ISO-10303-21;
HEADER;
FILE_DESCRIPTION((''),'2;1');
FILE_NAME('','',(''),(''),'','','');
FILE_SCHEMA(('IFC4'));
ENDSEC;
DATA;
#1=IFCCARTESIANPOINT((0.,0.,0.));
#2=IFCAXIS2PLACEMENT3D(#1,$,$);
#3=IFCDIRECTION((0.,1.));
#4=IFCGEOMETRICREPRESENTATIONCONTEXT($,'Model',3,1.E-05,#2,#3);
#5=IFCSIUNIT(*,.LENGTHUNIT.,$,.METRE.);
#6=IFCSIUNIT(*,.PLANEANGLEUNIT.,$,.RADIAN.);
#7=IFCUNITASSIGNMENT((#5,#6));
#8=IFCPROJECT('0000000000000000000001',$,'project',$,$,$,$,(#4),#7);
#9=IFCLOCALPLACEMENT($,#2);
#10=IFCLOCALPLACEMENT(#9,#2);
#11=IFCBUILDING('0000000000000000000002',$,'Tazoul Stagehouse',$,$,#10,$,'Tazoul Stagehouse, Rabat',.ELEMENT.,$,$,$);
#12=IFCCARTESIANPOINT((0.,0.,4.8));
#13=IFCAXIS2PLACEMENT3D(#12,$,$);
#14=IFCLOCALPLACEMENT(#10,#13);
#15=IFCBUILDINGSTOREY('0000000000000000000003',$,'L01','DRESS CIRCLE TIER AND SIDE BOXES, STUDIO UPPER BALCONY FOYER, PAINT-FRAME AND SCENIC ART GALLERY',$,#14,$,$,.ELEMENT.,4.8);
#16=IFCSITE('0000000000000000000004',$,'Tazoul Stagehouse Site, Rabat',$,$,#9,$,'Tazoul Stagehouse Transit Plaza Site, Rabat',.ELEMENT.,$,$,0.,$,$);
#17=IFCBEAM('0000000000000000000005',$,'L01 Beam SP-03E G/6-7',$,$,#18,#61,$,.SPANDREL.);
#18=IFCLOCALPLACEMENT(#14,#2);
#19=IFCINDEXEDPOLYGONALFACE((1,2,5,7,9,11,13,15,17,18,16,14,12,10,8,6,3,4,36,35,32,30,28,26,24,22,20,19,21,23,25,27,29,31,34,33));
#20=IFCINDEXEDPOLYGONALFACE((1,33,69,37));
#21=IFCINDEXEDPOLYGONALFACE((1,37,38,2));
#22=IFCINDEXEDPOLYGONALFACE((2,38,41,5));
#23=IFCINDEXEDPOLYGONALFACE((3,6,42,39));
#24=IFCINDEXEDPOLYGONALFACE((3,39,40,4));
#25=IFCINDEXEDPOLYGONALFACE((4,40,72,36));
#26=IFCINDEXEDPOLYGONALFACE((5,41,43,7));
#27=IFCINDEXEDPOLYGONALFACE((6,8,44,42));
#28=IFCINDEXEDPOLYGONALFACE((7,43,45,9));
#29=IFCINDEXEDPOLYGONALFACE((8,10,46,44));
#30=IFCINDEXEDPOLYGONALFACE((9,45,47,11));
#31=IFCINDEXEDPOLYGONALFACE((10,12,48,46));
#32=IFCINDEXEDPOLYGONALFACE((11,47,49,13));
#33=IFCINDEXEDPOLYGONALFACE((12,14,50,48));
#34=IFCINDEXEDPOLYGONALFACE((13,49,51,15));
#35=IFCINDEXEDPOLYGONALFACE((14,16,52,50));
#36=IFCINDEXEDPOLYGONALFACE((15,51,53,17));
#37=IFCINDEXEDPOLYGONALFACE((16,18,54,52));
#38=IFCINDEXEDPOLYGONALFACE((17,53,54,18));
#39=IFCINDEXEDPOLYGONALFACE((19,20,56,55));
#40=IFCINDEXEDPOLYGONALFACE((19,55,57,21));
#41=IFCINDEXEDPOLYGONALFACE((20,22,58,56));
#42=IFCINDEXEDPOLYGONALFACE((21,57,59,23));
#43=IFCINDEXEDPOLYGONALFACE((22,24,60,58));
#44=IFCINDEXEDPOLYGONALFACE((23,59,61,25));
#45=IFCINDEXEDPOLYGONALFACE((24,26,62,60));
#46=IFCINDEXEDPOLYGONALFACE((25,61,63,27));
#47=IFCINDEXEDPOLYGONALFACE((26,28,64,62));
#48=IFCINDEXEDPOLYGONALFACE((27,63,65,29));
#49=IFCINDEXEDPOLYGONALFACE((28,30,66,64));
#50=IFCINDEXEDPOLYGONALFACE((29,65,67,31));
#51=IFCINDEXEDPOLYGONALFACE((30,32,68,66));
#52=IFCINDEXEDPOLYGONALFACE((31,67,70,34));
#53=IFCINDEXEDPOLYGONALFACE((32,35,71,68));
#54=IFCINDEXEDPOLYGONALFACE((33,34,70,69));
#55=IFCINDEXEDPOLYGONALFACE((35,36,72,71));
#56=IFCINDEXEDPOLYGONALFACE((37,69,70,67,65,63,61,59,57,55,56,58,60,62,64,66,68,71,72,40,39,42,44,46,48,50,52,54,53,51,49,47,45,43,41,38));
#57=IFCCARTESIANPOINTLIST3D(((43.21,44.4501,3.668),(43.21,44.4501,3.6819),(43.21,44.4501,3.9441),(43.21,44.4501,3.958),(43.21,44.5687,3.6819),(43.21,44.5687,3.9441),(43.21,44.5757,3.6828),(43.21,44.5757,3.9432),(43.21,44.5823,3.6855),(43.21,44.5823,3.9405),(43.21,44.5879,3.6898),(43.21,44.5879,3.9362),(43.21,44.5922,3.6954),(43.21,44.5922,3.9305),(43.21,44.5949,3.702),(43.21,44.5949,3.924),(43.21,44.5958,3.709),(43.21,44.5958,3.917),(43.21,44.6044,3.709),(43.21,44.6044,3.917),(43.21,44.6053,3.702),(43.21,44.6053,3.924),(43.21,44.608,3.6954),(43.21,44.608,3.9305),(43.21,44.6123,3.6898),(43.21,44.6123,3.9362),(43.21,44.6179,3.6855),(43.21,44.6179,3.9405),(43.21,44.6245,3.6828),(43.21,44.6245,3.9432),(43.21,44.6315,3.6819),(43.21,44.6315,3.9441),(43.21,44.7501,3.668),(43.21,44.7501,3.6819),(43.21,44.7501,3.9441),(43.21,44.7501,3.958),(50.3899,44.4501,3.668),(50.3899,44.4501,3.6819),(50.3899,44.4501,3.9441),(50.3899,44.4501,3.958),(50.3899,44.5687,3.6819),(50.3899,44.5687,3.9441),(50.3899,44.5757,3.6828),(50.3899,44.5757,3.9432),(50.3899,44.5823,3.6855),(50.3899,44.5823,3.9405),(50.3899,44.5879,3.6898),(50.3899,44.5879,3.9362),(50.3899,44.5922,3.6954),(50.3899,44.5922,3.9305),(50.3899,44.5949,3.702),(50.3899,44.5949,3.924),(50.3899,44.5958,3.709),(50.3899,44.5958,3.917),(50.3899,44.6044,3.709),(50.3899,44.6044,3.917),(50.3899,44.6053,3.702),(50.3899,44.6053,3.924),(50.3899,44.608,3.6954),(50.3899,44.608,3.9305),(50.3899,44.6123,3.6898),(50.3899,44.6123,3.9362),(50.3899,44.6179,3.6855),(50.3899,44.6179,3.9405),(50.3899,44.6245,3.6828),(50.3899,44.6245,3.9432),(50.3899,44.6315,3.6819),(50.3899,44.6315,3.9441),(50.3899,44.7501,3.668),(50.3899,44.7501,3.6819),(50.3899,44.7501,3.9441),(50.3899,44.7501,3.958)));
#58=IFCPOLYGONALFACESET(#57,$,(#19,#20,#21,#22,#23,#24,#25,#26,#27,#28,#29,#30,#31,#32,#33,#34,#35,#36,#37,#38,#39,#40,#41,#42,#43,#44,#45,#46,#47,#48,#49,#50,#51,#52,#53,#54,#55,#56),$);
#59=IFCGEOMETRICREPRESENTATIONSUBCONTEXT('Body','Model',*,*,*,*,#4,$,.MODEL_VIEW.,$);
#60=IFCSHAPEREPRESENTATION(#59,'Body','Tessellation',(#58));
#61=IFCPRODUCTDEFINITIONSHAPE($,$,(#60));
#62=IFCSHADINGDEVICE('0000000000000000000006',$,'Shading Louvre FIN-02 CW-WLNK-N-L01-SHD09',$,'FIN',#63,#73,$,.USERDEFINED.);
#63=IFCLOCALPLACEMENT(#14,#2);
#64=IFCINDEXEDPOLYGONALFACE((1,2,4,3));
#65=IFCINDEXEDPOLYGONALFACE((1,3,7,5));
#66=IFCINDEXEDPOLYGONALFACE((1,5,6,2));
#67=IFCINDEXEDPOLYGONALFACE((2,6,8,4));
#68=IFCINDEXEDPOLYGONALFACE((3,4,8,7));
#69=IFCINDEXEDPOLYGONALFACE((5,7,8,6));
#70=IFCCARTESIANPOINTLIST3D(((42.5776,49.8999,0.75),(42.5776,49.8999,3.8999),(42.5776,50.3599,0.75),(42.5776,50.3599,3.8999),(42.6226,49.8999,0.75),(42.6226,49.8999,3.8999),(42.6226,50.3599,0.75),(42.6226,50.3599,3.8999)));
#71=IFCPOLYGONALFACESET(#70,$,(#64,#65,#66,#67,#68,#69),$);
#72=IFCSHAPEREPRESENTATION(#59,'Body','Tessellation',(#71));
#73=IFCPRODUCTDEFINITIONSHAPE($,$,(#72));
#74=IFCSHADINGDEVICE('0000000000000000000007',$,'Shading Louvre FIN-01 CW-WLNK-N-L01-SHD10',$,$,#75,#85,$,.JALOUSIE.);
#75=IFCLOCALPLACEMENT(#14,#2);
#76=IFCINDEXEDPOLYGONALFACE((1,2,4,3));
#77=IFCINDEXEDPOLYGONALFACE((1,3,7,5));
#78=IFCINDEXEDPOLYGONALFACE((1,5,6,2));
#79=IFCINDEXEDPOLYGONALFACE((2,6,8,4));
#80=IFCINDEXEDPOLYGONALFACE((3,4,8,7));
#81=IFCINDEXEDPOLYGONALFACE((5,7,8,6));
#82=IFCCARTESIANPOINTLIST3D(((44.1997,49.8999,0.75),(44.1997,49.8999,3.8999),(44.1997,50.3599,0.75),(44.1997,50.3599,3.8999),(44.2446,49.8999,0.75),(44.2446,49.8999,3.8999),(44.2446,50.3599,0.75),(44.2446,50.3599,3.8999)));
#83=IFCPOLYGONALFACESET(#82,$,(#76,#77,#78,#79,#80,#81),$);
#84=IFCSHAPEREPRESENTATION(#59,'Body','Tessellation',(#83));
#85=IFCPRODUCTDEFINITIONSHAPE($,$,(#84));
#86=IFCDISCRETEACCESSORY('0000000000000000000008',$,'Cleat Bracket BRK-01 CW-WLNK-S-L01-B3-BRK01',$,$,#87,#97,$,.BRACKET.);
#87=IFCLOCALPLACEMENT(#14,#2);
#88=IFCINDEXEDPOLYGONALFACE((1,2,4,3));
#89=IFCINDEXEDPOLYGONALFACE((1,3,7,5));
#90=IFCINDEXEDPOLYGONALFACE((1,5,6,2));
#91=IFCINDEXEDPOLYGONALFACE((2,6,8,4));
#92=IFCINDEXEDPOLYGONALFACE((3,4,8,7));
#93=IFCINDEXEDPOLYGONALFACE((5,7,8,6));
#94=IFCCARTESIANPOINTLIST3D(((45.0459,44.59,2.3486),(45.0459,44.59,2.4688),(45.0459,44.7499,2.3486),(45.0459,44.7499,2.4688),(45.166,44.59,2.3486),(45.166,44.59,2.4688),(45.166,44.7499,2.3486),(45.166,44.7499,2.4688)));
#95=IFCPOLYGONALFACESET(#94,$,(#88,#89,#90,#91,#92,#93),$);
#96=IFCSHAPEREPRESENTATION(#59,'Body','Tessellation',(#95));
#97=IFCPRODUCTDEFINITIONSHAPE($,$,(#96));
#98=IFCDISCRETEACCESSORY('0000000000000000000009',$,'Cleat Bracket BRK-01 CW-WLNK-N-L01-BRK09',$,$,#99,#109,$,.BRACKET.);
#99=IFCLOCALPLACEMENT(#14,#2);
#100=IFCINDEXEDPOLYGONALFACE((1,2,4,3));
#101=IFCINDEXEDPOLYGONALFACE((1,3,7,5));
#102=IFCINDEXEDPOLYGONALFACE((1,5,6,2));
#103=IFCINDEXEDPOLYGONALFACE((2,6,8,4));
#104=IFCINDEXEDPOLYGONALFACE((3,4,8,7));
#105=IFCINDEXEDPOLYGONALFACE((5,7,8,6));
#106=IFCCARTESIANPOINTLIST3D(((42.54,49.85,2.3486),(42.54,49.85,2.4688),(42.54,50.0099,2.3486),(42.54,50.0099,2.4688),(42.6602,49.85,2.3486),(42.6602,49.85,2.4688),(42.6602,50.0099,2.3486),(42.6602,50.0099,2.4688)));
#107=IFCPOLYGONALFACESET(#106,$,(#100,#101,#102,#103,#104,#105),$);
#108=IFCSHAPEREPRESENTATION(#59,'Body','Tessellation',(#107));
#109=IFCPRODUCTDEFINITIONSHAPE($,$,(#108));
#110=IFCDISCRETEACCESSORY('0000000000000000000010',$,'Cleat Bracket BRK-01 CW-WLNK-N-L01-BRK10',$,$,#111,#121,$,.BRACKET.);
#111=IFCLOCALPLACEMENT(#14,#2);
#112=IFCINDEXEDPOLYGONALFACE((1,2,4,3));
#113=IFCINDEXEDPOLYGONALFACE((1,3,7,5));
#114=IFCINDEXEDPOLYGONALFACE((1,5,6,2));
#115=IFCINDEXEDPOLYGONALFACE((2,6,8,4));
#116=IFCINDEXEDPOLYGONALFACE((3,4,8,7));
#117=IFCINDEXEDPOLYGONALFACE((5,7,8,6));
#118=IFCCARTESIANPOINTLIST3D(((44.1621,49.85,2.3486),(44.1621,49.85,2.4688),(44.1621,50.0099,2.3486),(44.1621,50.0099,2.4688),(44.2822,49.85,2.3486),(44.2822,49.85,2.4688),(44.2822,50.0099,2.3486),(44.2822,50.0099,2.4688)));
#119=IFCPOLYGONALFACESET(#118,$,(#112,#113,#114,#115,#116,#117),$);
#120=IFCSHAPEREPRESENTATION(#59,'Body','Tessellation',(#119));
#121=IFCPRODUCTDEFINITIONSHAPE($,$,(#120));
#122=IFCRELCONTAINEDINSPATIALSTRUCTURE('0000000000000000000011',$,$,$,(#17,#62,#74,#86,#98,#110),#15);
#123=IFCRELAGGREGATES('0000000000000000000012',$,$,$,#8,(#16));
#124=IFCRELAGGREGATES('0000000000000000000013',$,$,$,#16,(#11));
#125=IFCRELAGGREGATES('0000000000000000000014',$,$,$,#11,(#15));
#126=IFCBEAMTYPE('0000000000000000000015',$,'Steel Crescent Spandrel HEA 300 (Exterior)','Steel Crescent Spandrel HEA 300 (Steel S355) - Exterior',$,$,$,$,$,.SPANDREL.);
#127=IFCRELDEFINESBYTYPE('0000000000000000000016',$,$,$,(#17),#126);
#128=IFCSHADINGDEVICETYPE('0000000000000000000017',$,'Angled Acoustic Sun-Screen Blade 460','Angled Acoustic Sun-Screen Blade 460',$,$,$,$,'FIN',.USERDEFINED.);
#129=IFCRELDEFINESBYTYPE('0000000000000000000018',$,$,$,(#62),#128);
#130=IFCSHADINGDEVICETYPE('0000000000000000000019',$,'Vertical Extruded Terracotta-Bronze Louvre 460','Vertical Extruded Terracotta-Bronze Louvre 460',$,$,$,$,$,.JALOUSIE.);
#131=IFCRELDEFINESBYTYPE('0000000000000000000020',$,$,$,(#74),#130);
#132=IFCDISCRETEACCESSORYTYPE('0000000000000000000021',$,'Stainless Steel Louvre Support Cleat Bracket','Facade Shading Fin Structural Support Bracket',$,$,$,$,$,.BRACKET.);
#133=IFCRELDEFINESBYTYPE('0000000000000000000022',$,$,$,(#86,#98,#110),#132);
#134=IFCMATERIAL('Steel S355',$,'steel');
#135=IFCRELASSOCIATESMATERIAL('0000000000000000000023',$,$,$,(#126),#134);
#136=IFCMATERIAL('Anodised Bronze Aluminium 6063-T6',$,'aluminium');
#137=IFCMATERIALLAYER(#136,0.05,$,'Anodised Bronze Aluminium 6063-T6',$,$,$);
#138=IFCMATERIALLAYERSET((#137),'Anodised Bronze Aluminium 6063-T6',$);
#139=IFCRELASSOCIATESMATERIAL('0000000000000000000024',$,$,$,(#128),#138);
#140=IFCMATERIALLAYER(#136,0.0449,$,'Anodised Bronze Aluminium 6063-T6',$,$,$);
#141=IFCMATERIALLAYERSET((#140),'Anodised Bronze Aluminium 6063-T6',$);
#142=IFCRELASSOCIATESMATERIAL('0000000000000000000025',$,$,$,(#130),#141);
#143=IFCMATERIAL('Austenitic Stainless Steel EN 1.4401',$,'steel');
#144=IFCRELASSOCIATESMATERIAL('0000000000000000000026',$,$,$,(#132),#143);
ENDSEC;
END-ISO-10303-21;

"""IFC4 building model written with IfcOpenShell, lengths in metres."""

from ifc_helpers import new_model, si_unit, direction, frame, origin, origin_2d, place, context, subcontext, project, spatial, rectangle, i_section, extrude, material, layer, layer_set, material_profile, profile_set, type_object, element, save


model = new_model("IFC4")

# Units and contexts
model_context = context("Model", 3, precision=1e-05, world=origin(), true_north=direction((0.0, 1.0)))
body_context = subcontext(model_context, "Body", "Model", "MODEL_VIEW")
ifc_project = project(units=[si_unit("LENGTHUNIT", "METRE"), si_unit("PLANEANGLEUNIT", "RADIAN")], contexts=[model_context])

# Shared definitions
ifc_material_1 = material(Name="Anodised Bronze Aluminium 6063-T6", Category="aluminium")
site_placement = place(None, origin())
building_placement = place(site_placement, origin())
storey_placement = place(building_placement, frame((0.0, 0.0, 4.8)))

# Site, building, storey
site = spatial("IfcSite", under=ifc_project, at=site_placement, Name="Tazoul Stagehouse Site, Rabat", LongName="Tazoul Stagehouse Transit Plaza Site, Rabat", CompositionType="ELEMENT", RefElevation=0.0)
building = spatial("IfcBuilding", under=site, at=building_placement, Name="Tazoul Stagehouse", LongName="Tazoul Stagehouse, Rabat", CompositionType="ELEMENT")
storey = spatial("IfcBuildingStorey", under=building, at=storey_placement, Name="L01", Description="DRESS CIRCLE TIER AND SIDE BOXES, STUDIO UPPER BALCONY FOYER, PAINT-FRAME AND SCENIC ART GALLERY", CompositionType="ELEMENT", Elevation=4.8)

# Beam
ifc_material_2 = material(Name="Steel S355", Category="steel")
ifc_material_profile_1 = material_profile(ifc_material_2, i_section(OverallWidth=0.3, OverallDepth=0.29, WebThickness=0.0085, FlangeThickness=0.0139, FilletRadius=0.0271, at=origin_2d()), Name="HEA 300")
ifc_profile_set_1 = profile_set([ifc_material_profile_1], Name="Steel S355")
beam_type = type_object("IfcBeamType", Name="Steel Crescent Spandrel HEA 300 (Exterior)", Description="Steel Crescent Spandrel HEA 300 (Steel S355) - Exterior", PredefinedType="SPANDREL", material=ifc_profile_set_1)
beam_placement = place(storey_placement, frame((43.21, 44.6001, 3.813), z_axis=(1.0, 0.0, 0.0), x_axis=(0.0, 1.0, 0.0)))
element("IfcBeam", 1, at=beam_placement, inside=storey, type_object=beam_type, Name="L01 Beam SP-03E G/6-7", PredefinedType="SPANDREL", context=body_context, shape_type="SweptSolid", body=[
    extrude(i_section(OverallWidth=0.3, OverallDepth=0.29, WebThickness=0.0085, FlangeThickness=0.0139, FilletRadius=0.0271, at=origin_2d()), origin(), (0.0, 0.0, 1.0), 7.1799),
])

# Shading devices
ifc_layer_1 = layer(ifc_material_1, 0.05, Name="Anodised Bronze Aluminium 6063-T6")
ifc_layer_set_1 = layer_set([ifc_layer_1], Name="Anodised Bronze Aluminium 6063-T6")
shading_device_type_1 = type_object("IfcShadingDeviceType", Name="Angled Acoustic Sun-Screen Blade 460", Description="Angled Acoustic Sun-Screen Blade 460", ElementType="FIN", PredefinedType="USERDEFINED", material=ifc_layer_set_1)
shading_device_1_placement = place(storey_placement, frame((42.6001, 50.1299, 0.75), z_axis=(0.0, 0.0, 1.0), x_axis=(1.0, 0.0, 0.0)))
element("IfcShadingDevice", 2, at=shading_device_1_placement, inside=storey, type_object=shading_device_type_1, Name="Shading Louvre FIN-02 CW-WLNK-N-L01-SHD09", ObjectType="FIN", PredefinedType="USERDEFINED", context=body_context, shape_type="SweptSolid", body=[
    extrude(rectangle(XDim=0.0449, YDim=0.46, at=origin_2d()), origin(), (0.0, 0.0, 1.0), 3.1499),
])
ifc_layer_2 = layer(ifc_material_1, 0.0449, Name="Anodised Bronze Aluminium 6063-T6")
ifc_layer_set_2 = layer_set([ifc_layer_2], Name="Anodised Bronze Aluminium 6063-T6")
shading_device_type_2 = type_object("IfcShadingDeviceType", Name="Vertical Extruded Terracotta-Bronze Louvre 460", Description="Vertical Extruded Terracotta-Bronze Louvre 460", PredefinedType="JALOUSIE", material=ifc_layer_set_2)
shading_device_2_placement = place(storey_placement, frame((44.2222, 50.1299, 0.75), z_axis=(0.0, 0.0, 1.0), x_axis=(1.0, 0.0, 0.0)))
element("IfcShadingDevice", 3, at=shading_device_2_placement, inside=storey, type_object=shading_device_type_2, Name="Shading Louvre FIN-01 CW-WLNK-N-L01-SHD10", PredefinedType="JALOUSIE", context=body_context, shape_type="SweptSolid", body=[
    extrude(rectangle(XDim=0.0449, YDim=0.46, at=origin_2d()), origin(), (0.0, 0.0, 1.0), 3.1499),
])

# Discrete accessories
ifc_material_3 = material(Name="Austenitic Stainless Steel EN 1.4401", Category="steel")
discrete_accessory_type = type_object("IfcDiscreteAccessoryType", Name="Stainless Steel Louvre Support Cleat Bracket", Description="Facade Shading Fin Structural Support Bracket", PredefinedType="BRACKET", material=ifc_material_3)
for number, where, z_axis, x_axis, name in (
    (4, (45.106, 44.6699, 2.3486), (0.0, 0.0, 1.0), (1.0, 0.0, 0.0), "Cleat Bracket BRK-01 CW-WLNK-S-L01-B3-BRK01"),
    (5, (42.6001, 49.9299, 2.3486), (0.0, 0.0, 1.0), (1.0, 0.0, 0.0), "Cleat Bracket BRK-01 CW-WLNK-N-L01-BRK09"),
    (6, (44.2222, 49.9299, 2.3486), (0.0, 0.0, 1.0), (1.0, 0.0, 0.0), "Cleat Bracket BRK-01 CW-WLNK-N-L01-BRK10"),
):
    element("IfcDiscreteAccessory", number, at=place(storey_placement, frame(where, z_axis=z_axis, x_axis=x_axis)), inside=storey, type_object=discrete_accessory_type, Name=name, PredefinedType="BRACKET", context=body_context, shape_type="SweptSolid", body=[
        extrude(rectangle(XDim=0.1201, YDim=0.1599, at=origin_2d()), origin(), (0.0, 0.0, 1.0), 0.1201),
    ])

save(model, "model.ifc")
